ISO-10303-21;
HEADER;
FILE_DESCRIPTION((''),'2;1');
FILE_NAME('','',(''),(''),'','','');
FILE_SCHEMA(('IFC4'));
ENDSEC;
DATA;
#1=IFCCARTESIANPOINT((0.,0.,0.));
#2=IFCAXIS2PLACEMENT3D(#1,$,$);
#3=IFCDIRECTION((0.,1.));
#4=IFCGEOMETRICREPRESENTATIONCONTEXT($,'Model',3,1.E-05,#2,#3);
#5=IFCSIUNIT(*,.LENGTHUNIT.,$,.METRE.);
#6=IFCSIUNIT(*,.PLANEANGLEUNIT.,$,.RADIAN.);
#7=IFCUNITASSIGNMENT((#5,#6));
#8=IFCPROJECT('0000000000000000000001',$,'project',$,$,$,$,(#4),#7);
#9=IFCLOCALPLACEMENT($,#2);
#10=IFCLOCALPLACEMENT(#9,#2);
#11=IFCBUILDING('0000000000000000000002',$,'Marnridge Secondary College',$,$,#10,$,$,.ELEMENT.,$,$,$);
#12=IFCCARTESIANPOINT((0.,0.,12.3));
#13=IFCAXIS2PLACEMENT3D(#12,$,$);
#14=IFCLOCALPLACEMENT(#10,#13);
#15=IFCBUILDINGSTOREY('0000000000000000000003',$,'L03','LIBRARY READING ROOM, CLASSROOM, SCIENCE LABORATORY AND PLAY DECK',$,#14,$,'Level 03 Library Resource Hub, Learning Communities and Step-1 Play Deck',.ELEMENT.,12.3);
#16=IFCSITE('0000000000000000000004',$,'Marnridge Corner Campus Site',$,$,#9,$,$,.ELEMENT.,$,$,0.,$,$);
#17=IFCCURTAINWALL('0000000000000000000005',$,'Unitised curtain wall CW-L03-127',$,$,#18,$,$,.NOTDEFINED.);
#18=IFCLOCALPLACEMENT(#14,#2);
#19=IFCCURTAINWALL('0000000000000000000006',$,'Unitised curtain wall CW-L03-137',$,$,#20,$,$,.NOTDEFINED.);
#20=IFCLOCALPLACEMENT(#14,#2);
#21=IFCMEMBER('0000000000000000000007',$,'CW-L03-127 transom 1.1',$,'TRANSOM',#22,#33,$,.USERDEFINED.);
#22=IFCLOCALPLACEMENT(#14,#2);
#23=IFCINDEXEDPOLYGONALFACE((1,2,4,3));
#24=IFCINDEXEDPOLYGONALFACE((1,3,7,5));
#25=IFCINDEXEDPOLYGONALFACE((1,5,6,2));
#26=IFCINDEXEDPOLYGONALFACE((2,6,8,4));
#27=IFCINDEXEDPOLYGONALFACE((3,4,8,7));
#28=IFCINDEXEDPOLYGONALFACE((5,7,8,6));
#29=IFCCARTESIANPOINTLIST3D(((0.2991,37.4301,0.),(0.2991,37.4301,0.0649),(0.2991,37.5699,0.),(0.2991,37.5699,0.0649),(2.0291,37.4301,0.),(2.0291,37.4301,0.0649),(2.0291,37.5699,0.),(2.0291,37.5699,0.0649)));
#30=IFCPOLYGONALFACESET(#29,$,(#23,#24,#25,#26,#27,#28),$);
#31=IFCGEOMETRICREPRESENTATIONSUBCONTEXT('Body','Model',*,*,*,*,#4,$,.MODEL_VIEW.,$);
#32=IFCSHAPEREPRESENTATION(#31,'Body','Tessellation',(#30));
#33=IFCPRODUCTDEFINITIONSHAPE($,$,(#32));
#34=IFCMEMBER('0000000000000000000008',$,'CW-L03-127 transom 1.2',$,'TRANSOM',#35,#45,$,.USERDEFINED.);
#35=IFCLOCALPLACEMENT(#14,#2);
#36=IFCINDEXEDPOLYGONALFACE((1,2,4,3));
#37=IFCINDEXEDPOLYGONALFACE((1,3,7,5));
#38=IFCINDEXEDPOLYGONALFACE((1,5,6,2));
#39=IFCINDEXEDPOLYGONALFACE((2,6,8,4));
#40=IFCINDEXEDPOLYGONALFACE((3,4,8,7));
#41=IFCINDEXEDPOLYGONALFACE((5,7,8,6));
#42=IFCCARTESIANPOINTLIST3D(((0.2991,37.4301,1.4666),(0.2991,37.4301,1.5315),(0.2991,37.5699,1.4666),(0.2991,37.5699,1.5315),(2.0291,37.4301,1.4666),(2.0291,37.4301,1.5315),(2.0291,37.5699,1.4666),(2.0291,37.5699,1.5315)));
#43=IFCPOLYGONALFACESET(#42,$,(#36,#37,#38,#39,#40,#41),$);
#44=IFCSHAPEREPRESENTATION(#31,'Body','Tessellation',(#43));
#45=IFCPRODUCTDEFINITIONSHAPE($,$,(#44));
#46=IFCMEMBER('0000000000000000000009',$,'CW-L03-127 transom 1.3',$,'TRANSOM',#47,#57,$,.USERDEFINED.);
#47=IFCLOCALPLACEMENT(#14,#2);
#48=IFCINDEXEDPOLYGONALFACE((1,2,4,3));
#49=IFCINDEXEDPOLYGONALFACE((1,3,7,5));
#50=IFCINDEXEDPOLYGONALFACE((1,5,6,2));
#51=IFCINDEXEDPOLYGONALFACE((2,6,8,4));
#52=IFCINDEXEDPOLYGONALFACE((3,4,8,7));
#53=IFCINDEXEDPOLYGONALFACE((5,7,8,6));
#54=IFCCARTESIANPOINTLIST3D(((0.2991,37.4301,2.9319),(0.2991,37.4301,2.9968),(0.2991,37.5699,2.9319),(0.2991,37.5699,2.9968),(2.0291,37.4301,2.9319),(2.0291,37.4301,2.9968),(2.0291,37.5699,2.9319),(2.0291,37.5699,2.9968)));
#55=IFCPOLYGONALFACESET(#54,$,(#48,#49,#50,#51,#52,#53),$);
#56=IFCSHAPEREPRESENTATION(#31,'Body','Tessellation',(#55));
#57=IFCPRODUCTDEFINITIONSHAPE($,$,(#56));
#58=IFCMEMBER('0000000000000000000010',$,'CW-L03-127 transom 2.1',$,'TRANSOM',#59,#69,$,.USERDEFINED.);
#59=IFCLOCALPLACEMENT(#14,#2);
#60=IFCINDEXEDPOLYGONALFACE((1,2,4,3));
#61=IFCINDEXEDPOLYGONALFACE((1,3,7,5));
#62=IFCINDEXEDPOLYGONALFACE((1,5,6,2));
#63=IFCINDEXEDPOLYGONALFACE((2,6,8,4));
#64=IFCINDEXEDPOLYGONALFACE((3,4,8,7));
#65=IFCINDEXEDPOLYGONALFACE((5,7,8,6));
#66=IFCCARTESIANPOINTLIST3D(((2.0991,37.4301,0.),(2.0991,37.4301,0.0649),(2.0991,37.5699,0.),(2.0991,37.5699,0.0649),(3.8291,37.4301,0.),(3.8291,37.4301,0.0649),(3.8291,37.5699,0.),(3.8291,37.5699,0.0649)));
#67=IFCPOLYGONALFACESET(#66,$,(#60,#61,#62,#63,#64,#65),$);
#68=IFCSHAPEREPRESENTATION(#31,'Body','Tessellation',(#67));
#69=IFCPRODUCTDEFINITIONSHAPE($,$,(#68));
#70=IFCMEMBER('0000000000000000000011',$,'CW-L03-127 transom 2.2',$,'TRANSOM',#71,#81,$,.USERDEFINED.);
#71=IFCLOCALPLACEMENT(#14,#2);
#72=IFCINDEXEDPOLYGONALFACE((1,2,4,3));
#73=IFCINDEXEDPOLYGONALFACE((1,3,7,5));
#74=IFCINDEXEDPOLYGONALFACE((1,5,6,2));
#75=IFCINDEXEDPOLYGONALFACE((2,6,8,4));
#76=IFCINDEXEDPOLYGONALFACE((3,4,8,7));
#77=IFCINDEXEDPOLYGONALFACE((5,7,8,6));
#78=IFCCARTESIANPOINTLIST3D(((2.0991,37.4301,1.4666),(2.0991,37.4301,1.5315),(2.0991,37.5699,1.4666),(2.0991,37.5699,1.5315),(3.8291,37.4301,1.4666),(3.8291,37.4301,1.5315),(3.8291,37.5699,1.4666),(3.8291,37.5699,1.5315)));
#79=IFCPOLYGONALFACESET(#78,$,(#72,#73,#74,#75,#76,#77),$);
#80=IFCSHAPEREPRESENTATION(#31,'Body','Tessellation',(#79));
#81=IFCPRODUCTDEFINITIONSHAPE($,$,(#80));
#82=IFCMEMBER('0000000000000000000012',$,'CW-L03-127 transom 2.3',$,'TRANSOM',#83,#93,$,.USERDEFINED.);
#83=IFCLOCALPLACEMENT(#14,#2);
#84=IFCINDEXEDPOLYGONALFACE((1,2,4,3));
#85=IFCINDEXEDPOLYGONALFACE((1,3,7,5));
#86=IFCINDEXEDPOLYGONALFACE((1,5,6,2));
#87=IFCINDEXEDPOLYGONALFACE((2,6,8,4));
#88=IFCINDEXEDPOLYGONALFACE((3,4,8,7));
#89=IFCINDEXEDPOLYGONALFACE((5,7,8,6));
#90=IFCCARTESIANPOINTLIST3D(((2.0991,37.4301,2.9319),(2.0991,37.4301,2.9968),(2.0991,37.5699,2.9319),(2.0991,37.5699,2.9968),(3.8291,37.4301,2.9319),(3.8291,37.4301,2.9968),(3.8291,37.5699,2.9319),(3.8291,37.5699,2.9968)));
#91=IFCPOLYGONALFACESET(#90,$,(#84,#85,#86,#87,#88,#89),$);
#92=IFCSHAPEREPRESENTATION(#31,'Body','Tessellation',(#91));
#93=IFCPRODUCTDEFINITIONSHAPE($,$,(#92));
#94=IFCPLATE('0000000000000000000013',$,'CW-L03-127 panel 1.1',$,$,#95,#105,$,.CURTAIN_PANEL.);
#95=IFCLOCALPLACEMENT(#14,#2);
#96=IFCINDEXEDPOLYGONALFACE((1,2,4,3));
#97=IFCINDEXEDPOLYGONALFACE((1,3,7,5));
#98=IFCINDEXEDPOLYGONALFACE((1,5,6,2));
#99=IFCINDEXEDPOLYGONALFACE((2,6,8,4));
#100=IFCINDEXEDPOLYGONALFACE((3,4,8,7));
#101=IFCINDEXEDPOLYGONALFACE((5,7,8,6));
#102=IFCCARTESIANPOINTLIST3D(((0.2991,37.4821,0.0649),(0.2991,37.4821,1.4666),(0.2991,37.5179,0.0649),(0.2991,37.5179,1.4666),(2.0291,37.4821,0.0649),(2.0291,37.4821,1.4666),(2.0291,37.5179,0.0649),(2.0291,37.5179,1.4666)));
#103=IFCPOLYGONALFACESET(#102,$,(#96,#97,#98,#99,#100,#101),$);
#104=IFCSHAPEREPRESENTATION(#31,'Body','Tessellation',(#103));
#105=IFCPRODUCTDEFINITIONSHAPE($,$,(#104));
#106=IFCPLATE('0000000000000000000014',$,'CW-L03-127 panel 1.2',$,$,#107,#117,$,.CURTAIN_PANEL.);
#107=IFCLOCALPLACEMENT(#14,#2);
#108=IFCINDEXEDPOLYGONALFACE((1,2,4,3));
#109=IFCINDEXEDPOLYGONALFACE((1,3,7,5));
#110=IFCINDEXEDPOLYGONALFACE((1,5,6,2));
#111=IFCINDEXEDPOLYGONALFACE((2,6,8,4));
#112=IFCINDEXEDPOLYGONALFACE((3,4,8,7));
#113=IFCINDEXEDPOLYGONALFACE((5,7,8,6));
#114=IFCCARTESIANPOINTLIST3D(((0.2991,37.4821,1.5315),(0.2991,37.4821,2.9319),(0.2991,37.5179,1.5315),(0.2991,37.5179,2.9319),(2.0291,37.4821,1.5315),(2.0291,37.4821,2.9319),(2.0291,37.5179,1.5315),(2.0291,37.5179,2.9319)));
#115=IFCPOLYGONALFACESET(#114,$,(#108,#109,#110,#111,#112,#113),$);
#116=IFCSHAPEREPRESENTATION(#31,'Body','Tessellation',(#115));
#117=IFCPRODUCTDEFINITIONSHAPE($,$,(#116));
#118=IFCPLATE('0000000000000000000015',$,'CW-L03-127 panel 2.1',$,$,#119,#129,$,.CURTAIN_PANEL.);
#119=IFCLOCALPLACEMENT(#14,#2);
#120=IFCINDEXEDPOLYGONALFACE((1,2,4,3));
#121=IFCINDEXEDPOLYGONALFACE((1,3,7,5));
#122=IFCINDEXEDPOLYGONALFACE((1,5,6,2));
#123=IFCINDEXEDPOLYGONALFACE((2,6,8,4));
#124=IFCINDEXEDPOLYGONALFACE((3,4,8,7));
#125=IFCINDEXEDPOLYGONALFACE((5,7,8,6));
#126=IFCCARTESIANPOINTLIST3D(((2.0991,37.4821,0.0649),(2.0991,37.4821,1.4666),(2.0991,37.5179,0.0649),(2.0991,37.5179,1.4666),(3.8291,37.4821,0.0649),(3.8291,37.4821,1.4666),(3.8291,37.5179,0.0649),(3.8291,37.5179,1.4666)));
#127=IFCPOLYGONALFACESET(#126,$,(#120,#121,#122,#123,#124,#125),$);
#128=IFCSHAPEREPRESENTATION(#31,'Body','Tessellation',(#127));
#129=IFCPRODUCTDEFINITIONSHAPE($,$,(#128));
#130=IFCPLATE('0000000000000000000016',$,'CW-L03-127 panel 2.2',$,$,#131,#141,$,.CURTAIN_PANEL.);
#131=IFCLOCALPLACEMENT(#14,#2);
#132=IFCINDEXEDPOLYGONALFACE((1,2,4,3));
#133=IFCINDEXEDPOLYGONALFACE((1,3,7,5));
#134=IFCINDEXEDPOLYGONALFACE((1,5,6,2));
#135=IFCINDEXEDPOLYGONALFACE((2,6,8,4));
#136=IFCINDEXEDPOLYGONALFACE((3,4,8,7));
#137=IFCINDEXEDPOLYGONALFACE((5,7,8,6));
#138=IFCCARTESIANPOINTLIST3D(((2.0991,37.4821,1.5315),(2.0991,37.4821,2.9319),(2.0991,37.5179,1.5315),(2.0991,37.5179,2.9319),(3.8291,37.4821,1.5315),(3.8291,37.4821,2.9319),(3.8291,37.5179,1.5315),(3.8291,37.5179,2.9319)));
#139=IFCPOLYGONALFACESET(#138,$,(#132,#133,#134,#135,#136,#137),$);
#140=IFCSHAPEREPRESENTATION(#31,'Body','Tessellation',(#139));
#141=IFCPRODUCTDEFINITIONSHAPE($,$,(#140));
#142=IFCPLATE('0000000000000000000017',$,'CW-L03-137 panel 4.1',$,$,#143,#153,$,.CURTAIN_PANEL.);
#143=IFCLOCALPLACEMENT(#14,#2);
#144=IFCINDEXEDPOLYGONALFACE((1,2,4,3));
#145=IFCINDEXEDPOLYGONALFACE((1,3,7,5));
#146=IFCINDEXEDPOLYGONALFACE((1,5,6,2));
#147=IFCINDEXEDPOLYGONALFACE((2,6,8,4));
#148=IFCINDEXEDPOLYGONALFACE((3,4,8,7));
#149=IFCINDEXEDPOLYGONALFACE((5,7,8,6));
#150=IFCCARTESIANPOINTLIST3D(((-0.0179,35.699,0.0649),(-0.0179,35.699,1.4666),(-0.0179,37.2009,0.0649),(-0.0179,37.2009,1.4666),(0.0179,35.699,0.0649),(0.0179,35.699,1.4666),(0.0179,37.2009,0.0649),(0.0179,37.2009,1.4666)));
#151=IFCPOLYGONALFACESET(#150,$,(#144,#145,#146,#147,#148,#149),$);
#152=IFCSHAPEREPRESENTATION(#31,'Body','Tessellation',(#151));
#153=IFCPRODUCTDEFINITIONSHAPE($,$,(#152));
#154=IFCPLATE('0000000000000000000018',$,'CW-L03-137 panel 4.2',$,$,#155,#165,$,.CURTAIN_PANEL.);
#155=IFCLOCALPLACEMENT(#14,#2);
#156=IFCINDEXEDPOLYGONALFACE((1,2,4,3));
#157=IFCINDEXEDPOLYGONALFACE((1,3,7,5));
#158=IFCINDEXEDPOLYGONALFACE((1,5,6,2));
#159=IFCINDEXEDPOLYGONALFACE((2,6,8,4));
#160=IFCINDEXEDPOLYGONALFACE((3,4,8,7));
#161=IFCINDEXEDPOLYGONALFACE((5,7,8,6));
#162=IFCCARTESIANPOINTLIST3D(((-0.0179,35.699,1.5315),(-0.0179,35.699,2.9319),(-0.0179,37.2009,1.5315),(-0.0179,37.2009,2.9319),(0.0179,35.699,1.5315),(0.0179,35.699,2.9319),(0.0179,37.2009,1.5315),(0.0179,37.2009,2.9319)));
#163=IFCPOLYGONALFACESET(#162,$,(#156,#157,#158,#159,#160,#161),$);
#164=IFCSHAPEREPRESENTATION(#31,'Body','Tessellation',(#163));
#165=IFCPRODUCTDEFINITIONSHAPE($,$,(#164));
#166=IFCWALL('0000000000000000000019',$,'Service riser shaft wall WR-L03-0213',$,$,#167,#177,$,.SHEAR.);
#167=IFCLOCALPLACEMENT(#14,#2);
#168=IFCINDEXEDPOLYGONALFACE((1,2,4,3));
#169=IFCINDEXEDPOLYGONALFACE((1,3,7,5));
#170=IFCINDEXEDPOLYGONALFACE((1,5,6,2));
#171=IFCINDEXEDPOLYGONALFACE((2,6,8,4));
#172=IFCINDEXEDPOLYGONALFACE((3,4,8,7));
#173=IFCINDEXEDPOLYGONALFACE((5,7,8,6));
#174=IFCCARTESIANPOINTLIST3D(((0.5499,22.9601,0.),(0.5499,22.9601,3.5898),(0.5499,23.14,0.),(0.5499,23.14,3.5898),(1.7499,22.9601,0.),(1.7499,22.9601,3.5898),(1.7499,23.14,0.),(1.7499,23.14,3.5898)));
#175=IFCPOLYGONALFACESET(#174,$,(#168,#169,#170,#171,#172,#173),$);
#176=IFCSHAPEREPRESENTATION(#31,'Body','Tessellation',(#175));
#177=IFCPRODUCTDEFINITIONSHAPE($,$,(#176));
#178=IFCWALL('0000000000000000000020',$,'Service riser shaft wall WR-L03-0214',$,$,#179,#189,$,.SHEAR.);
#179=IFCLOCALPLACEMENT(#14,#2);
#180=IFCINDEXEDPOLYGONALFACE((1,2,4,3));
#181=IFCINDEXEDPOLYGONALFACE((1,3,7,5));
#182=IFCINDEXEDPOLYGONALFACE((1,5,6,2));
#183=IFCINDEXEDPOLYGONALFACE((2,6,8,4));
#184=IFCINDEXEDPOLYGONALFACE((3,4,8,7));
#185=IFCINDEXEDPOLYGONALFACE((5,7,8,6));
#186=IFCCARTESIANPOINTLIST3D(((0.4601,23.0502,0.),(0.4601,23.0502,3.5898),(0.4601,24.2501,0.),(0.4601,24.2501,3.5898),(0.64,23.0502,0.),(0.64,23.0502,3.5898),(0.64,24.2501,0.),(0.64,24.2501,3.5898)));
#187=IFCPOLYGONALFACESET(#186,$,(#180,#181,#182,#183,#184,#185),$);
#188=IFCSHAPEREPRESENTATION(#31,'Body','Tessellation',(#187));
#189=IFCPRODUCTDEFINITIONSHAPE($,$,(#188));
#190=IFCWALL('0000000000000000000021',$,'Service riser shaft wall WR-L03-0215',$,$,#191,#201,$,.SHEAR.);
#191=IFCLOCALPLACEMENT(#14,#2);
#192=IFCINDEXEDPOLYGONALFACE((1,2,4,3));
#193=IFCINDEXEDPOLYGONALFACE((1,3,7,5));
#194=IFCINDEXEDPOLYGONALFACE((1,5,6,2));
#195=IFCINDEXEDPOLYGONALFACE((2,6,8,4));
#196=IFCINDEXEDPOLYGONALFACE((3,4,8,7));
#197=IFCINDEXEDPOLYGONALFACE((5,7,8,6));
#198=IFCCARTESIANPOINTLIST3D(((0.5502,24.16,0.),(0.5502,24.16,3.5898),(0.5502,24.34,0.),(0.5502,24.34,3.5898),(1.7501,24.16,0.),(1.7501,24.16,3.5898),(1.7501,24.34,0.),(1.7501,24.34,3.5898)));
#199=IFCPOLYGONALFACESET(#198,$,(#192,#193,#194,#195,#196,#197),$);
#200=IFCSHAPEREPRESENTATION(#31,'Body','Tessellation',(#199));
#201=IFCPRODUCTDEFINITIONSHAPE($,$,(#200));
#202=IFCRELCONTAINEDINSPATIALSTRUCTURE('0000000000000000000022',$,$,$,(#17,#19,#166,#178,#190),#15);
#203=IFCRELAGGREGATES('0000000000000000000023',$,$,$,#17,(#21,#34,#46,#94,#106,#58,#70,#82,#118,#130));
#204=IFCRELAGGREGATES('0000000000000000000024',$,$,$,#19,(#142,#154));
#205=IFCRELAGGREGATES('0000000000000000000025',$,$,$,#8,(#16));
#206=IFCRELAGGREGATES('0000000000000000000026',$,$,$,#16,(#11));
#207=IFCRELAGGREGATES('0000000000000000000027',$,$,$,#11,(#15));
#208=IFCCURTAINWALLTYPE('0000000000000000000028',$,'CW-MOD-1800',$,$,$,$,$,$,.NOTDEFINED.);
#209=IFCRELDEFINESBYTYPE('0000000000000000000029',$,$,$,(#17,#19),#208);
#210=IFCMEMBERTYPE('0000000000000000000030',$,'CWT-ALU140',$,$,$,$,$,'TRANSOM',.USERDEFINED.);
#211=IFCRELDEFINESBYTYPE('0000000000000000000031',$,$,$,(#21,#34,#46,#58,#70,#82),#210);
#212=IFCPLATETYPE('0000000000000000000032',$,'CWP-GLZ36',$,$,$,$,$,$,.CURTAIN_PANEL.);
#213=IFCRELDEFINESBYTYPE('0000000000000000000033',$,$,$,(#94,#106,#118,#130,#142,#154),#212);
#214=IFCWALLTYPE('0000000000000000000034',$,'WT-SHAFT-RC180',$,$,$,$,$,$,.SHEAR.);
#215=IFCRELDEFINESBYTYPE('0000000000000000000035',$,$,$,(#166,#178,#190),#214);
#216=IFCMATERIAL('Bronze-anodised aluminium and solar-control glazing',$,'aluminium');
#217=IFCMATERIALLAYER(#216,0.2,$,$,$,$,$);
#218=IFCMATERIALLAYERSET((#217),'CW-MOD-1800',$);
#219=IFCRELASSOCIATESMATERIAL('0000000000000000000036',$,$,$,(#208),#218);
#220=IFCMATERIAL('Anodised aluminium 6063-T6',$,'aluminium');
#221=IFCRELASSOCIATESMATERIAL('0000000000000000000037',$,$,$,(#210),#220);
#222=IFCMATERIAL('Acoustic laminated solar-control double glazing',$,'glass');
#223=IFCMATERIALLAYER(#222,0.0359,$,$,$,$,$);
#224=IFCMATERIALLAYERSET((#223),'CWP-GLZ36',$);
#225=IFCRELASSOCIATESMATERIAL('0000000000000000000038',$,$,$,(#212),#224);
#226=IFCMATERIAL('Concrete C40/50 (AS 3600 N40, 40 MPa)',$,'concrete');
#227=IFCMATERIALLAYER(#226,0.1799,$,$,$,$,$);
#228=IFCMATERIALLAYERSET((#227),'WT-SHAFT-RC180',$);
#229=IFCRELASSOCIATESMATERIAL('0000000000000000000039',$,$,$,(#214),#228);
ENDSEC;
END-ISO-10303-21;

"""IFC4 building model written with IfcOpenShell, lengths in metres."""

from ifc_helpers import new_model, si_unit, direction, frame, frame_2d, origin, origin_2d, place, context, subcontext, project, spatial, rectangle, extrude, material, layer, layer_set, material_profile, profile_set, type_object, element, aggregate, save


model = new_model("IFC4")

# Units and contexts
model_context = context("Model", 3, precision=1e-05, world=origin(), true_north=direction((0.0, 1.0)))
body_context = subcontext(model_context, "Body", "Model", "MODEL_VIEW")
ifc_project = project(units=[si_unit("LENGTHUNIT", "METRE"), si_unit("PLANEANGLEUNIT", "RADIAN")], contexts=[model_context])

# Site, building, storey
site_placement = place(None, origin())
site = spatial("IfcSite", under=ifc_project, at=site_placement, Name="Marnridge Corner Campus Site", CompositionType="ELEMENT", RefElevation=0.0)
building_placement = place(site_placement, origin())
building = spatial("IfcBuilding", under=site, at=building_placement, Name="Marnridge Secondary College", CompositionType="ELEMENT")
storey_placement = place(building_placement, frame((0.0, 0.0, 12.3)))
storey = spatial("IfcBuildingStorey", under=building, at=storey_placement, Name="L03", Description="LIBRARY READING ROOM, CLASSROOM, SCIENCE LABORATORY AND PLAY DECK", LongName="Level 03 Library Resource Hub, Learning Communities and Step-1 Play Deck", CompositionType="ELEMENT", Elevation=12.3)

# Curtain wall
ifc_material_1 = material(Name="Bronze-anodised aluminium and solar-control glazing", Category="aluminium")
ifc_layer_1 = layer(ifc_material_1, 0.2)
ifc_layer_set_1 = layer_set([ifc_layer_1], Name="CW-MOD-1800")
curtain_wall_type = type_object("IfcCurtainWallType", Name="CW-MOD-1800", PredefinedType="NOTDEFINED", material=ifc_layer_set_1)
curtain_wall_1_placement = place(storey_placement, origin())
curtain_wall_1 = element("IfcCurtainWall", 1, at=curtain_wall_1_placement, inside=storey, type_object=curtain_wall_type, Name="Unitised curtain wall CW-L03-127", PredefinedType="NOTDEFINED")

# Curtain wall
curtain_wall_2_placement = place(storey_placement, origin())
curtain_wall_2 = element("IfcCurtainWall", 2, at=curtain_wall_2_placement, inside=storey, type_object=curtain_wall_type, Name="Unitised curtain wall CW-L03-137", PredefinedType="NOTDEFINED")

# Members
ifc_material_2 = material(Name="Anodised aluminium 6063-T6", Category="aluminium")
ifc_material_profile_1 = material_profile(ifc_material_2, rectangle(XDim=0.0649, YDim=0.1399, at=origin_2d()), Name="ALU 65x140")
ifc_profile_set_1 = profile_set([ifc_material_profile_1], Name="Anodised aluminium 6063-T6")
member_type_1 = type_object("IfcMemberType", Name="CWT-ALU140", ElementType="TRANSOM", PredefinedType="USERDEFINED", material=ifc_profile_set_1)
member_1_placement = place(storey_placement, frame((0.2991, 37.5, 0.0325), z_axis=(1.0, 0.0, 0.0), x_axis=(0.0, 0.0, 1.0)))
member_1 = element("IfcMember", 3, at=member_1_placement, type_object=member_type_1, Name="CW-L03-127 transom 1.1", ObjectType="TRANSOM", PredefinedType="USERDEFINED", context=body_context, shape_type="SweptSolid", body=[
    extrude(rectangle(XDim=0.0649, YDim=0.1399, at=origin_2d()), origin(), (0.0, 0.0, 1.0), 1.73),
])
member_2_placement = place(storey_placement, frame((0.2991, 37.5, 1.499), z_axis=(1.0, 0.0, 0.0), x_axis=(0.0, 0.0, 1.0)))
member_2 = element("IfcMember", 4, at=member_2_placement, type_object=member_type_1, Name="CW-L03-127 transom 1.2", ObjectType="TRANSOM", PredefinedType="USERDEFINED", context=body_context, shape_type="SweptSolid", body=[
    extrude(rectangle(XDim=0.0649, YDim=0.1399, at=origin_2d()), origin(), (0.0, 0.0, 1.0), 1.73),
])
member_3_placement = place(storey_placement, frame((0.2991, 37.5, 2.9644), z_axis=(1.0, 0.0, 0.0), x_axis=(0.0, 0.0, 1.0)))
member_3 = element("IfcMember", 5, at=member_3_placement, type_object=member_type_1, Name="CW-L03-127 transom 1.3", ObjectType="TRANSOM", PredefinedType="USERDEFINED", context=body_context, shape_type="SweptSolid", body=[
    extrude(rectangle(XDim=0.0649, YDim=0.1399, at=origin_2d()), origin(), (0.0, 0.0, 1.0), 1.73),
])
member_4_placement = place(storey_placement, frame((2.0991, 37.5, 0.0325), z_axis=(1.0, 0.0, 0.0), x_axis=(0.0, 0.0, 1.0)))
member_4 = element("IfcMember", 6, at=member_4_placement, type_object=member_type_1, Name="CW-L03-127 transom 2.1", ObjectType="TRANSOM", PredefinedType="USERDEFINED", context=body_context, shape_type="SweptSolid", body=[
    extrude(rectangle(XDim=0.0649, YDim=0.1399, at=origin_2d()), origin(), (0.0, 0.0, 1.0), 1.73),
])
member_5_placement = place(storey_placement, frame((2.0991, 37.5, 1.499), z_axis=(1.0, 0.0, 0.0), x_axis=(0.0, 0.0, 1.0)))
member_5 = element("IfcMember", 7, at=member_5_placement, type_object=member_type_1, Name="CW-L03-127 transom 2.2", ObjectType="TRANSOM", PredefinedType="USERDEFINED", context=body_context, shape_type="SweptSolid", body=[
    extrude(rectangle(XDim=0.0649, YDim=0.1399, at=origin_2d()), origin(), (0.0, 0.0, 1.0), 1.73),
])
member_6_placement = place(storey_placement, frame((2.0991, 37.5, 2.9644), z_axis=(1.0, 0.0, 0.0), x_axis=(0.0, 0.0, 1.0)))
member_6 = element("IfcMember", 8, at=member_6_placement, type_object=member_type_1, Name="CW-L03-127 transom 2.3", ObjectType="TRANSOM", PredefinedType="USERDEFINED", context=body_context, shape_type="SweptSolid", body=[
    extrude(rectangle(XDim=0.0649, YDim=0.1399, at=origin_2d()), origin(), (0.0, 0.0, 1.0), 1.73),
])

# Plates
ifc_material_3 = material(Name="Acoustic laminated solar-control double glazing", Category="glass")
ifc_layer_2 = layer(ifc_material_3, 0.0359)
ifc_layer_set_2 = layer_set([ifc_layer_2], Name="CWP-GLZ36")
plate_type = type_object("IfcPlateType", Name="CWP-GLZ36", PredefinedType="CURTAIN_PANEL", material=ifc_layer_set_2)
plate_1_placement = place(storey_placement, frame((1.1641, 37.5, 0.0649), z_axis=(0.0, 0.0, 1.0), x_axis=(1.0, 0.0, 0.0)))
plate_1 = element("IfcPlate", 9, at=plate_1_placement, type_object=plate_type, Name="CW-L03-127 panel 1.1", PredefinedType="CURTAIN_PANEL", context=body_context, shape_type="SweptSolid", body=[
    extrude(rectangle(XDim=1.73, YDim=0.0359, at=origin_2d()), origin(), (0.0, 0.0, 1.0), 1.4016),
])
plate_2_placement = place(storey_placement, frame((1.1641, 37.5, 1.5315), z_axis=(0.0, 0.0, 1.0), x_axis=(1.0, 0.0, 0.0)))
plate_2 = element("IfcPlate", 10, at=plate_2_placement, type_object=plate_type, Name="CW-L03-127 panel 1.2", PredefinedType="CURTAIN_PANEL", context=body_context, shape_type="SweptSolid", body=[
    extrude(rectangle(XDim=1.73, YDim=0.0359, at=origin_2d()), origin(), (0.0, 0.0, 1.0), 1.4004),
])
plate_3_placement = place(storey_placement, frame((2.9641, 37.5, 0.0649), z_axis=(0.0, 0.0, 1.0), x_axis=(1.0, 0.0, 0.0)))
plate_3 = element("IfcPlate", 11, at=plate_3_placement, type_object=plate_type, Name="CW-L03-127 panel 2.1", PredefinedType="CURTAIN_PANEL", context=body_context, shape_type="SweptSolid", body=[
    extrude(rectangle(XDim=1.73, YDim=0.0359, at=origin_2d()), origin(), (0.0, 0.0, 1.0), 1.4016),
])
plate_4_placement = place(storey_placement, frame((2.9641, 37.5, 1.5315), z_axis=(0.0, 0.0, 1.0), x_axis=(1.0, 0.0, 0.0)))
plate_4 = element("IfcPlate", 12, at=plate_4_placement, type_object=plate_type, Name="CW-L03-127 panel 2.2", PredefinedType="CURTAIN_PANEL", context=body_context, shape_type="SweptSolid", body=[
    extrude(rectangle(XDim=1.73, YDim=0.0359, at=origin_2d()), origin(), (0.0, 0.0, 1.0), 1.4004),
])
aggregate(curtain_wall_1, [member_1, member_2, member_3, plate_1, plate_2, member_4, member_5, member_6, plate_3, plate_4])
plate_5_placement = place(storey_placement, frame((0.0, 36.45, 0.0649), z_axis=(0.0, 0.0, 1.0), x_axis=(0.0, 1.0, 0.0)))
plate_5 = element("IfcPlate", 13, at=plate_5_placement, type_object=plate_type, Name="CW-L03-137 panel 4.1", PredefinedType="CURTAIN_PANEL", context=body_context, shape_type="SweptSolid", body=[
    extrude(rectangle(XDim=1.502, YDim=0.0359, at=origin_2d()), origin(), (0.0, 0.0, 1.0), 1.4016),
])
plate_6_placement = place(storey_placement, frame((0.0, 36.45, 1.5315), z_axis=(0.0, 0.0, 1.0), x_axis=(0.0, 1.0, 0.0)))
plate_6 = element("IfcPlate", 14, at=plate_6_placement, type_object=plate_type, Name="CW-L03-137 panel 4.2", PredefinedType="CURTAIN_PANEL", context=body_context, shape_type="SweptSolid", body=[
    extrude(rectangle(XDim=1.502, YDim=0.0359, at=origin_2d()), origin(), (0.0, 0.0, 1.0), 1.4004),
])
aggregate(curtain_wall_2, [plate_5, plate_6])

# Walls
ifc_material_4 = material(Name="Concrete C40/50 (AS 3600 N40, 40 MPa)", Category="concrete")
ifc_layer_3 = layer(ifc_material_4, 0.1799)
ifc_layer_set_3 = layer_set([ifc_layer_3], Name="WT-SHAFT-RC180")
wall_type = type_object("IfcWallType", Name="WT-SHAFT-RC180", PredefinedType="SHEAR", material=ifc_layer_set_3)
for number, where, z_axis, x_axis, name in (
    (15, (1.75, 23.05, 0.0), (0.0, 0.0, 1.0), (-1.0, 0.0, 0.0), "Service riser shaft wall WR-L03-0213"),
    (16, (0.55, 23.05, 0.0), (0.0, 0.0, 1.0), (0.0, 1.0, 0.0), "Service riser shaft wall WR-L03-0214"),
    (17, (0.55, 24.25, 0.0), (0.0, 0.0, 1.0), (1.0, 0.0, 0.0), "Service riser shaft wall WR-L03-0215"),
):
    element("IfcWall", number, at=place(storey_placement, frame(where, z_axis=z_axis, x_axis=x_axis)), inside=storey, type_object=wall_type, Name=name, PredefinedType="SHEAR", context=body_context, shape_type="SweptSolid", body=[
        extrude(rectangle(XDim=1.2, YDim=0.1799, at=frame_2d((0.6001, 0.0))), origin(), (0.0, 0.0, 1.0), 3.5898),
    ])

save(model, "model.ifc")
